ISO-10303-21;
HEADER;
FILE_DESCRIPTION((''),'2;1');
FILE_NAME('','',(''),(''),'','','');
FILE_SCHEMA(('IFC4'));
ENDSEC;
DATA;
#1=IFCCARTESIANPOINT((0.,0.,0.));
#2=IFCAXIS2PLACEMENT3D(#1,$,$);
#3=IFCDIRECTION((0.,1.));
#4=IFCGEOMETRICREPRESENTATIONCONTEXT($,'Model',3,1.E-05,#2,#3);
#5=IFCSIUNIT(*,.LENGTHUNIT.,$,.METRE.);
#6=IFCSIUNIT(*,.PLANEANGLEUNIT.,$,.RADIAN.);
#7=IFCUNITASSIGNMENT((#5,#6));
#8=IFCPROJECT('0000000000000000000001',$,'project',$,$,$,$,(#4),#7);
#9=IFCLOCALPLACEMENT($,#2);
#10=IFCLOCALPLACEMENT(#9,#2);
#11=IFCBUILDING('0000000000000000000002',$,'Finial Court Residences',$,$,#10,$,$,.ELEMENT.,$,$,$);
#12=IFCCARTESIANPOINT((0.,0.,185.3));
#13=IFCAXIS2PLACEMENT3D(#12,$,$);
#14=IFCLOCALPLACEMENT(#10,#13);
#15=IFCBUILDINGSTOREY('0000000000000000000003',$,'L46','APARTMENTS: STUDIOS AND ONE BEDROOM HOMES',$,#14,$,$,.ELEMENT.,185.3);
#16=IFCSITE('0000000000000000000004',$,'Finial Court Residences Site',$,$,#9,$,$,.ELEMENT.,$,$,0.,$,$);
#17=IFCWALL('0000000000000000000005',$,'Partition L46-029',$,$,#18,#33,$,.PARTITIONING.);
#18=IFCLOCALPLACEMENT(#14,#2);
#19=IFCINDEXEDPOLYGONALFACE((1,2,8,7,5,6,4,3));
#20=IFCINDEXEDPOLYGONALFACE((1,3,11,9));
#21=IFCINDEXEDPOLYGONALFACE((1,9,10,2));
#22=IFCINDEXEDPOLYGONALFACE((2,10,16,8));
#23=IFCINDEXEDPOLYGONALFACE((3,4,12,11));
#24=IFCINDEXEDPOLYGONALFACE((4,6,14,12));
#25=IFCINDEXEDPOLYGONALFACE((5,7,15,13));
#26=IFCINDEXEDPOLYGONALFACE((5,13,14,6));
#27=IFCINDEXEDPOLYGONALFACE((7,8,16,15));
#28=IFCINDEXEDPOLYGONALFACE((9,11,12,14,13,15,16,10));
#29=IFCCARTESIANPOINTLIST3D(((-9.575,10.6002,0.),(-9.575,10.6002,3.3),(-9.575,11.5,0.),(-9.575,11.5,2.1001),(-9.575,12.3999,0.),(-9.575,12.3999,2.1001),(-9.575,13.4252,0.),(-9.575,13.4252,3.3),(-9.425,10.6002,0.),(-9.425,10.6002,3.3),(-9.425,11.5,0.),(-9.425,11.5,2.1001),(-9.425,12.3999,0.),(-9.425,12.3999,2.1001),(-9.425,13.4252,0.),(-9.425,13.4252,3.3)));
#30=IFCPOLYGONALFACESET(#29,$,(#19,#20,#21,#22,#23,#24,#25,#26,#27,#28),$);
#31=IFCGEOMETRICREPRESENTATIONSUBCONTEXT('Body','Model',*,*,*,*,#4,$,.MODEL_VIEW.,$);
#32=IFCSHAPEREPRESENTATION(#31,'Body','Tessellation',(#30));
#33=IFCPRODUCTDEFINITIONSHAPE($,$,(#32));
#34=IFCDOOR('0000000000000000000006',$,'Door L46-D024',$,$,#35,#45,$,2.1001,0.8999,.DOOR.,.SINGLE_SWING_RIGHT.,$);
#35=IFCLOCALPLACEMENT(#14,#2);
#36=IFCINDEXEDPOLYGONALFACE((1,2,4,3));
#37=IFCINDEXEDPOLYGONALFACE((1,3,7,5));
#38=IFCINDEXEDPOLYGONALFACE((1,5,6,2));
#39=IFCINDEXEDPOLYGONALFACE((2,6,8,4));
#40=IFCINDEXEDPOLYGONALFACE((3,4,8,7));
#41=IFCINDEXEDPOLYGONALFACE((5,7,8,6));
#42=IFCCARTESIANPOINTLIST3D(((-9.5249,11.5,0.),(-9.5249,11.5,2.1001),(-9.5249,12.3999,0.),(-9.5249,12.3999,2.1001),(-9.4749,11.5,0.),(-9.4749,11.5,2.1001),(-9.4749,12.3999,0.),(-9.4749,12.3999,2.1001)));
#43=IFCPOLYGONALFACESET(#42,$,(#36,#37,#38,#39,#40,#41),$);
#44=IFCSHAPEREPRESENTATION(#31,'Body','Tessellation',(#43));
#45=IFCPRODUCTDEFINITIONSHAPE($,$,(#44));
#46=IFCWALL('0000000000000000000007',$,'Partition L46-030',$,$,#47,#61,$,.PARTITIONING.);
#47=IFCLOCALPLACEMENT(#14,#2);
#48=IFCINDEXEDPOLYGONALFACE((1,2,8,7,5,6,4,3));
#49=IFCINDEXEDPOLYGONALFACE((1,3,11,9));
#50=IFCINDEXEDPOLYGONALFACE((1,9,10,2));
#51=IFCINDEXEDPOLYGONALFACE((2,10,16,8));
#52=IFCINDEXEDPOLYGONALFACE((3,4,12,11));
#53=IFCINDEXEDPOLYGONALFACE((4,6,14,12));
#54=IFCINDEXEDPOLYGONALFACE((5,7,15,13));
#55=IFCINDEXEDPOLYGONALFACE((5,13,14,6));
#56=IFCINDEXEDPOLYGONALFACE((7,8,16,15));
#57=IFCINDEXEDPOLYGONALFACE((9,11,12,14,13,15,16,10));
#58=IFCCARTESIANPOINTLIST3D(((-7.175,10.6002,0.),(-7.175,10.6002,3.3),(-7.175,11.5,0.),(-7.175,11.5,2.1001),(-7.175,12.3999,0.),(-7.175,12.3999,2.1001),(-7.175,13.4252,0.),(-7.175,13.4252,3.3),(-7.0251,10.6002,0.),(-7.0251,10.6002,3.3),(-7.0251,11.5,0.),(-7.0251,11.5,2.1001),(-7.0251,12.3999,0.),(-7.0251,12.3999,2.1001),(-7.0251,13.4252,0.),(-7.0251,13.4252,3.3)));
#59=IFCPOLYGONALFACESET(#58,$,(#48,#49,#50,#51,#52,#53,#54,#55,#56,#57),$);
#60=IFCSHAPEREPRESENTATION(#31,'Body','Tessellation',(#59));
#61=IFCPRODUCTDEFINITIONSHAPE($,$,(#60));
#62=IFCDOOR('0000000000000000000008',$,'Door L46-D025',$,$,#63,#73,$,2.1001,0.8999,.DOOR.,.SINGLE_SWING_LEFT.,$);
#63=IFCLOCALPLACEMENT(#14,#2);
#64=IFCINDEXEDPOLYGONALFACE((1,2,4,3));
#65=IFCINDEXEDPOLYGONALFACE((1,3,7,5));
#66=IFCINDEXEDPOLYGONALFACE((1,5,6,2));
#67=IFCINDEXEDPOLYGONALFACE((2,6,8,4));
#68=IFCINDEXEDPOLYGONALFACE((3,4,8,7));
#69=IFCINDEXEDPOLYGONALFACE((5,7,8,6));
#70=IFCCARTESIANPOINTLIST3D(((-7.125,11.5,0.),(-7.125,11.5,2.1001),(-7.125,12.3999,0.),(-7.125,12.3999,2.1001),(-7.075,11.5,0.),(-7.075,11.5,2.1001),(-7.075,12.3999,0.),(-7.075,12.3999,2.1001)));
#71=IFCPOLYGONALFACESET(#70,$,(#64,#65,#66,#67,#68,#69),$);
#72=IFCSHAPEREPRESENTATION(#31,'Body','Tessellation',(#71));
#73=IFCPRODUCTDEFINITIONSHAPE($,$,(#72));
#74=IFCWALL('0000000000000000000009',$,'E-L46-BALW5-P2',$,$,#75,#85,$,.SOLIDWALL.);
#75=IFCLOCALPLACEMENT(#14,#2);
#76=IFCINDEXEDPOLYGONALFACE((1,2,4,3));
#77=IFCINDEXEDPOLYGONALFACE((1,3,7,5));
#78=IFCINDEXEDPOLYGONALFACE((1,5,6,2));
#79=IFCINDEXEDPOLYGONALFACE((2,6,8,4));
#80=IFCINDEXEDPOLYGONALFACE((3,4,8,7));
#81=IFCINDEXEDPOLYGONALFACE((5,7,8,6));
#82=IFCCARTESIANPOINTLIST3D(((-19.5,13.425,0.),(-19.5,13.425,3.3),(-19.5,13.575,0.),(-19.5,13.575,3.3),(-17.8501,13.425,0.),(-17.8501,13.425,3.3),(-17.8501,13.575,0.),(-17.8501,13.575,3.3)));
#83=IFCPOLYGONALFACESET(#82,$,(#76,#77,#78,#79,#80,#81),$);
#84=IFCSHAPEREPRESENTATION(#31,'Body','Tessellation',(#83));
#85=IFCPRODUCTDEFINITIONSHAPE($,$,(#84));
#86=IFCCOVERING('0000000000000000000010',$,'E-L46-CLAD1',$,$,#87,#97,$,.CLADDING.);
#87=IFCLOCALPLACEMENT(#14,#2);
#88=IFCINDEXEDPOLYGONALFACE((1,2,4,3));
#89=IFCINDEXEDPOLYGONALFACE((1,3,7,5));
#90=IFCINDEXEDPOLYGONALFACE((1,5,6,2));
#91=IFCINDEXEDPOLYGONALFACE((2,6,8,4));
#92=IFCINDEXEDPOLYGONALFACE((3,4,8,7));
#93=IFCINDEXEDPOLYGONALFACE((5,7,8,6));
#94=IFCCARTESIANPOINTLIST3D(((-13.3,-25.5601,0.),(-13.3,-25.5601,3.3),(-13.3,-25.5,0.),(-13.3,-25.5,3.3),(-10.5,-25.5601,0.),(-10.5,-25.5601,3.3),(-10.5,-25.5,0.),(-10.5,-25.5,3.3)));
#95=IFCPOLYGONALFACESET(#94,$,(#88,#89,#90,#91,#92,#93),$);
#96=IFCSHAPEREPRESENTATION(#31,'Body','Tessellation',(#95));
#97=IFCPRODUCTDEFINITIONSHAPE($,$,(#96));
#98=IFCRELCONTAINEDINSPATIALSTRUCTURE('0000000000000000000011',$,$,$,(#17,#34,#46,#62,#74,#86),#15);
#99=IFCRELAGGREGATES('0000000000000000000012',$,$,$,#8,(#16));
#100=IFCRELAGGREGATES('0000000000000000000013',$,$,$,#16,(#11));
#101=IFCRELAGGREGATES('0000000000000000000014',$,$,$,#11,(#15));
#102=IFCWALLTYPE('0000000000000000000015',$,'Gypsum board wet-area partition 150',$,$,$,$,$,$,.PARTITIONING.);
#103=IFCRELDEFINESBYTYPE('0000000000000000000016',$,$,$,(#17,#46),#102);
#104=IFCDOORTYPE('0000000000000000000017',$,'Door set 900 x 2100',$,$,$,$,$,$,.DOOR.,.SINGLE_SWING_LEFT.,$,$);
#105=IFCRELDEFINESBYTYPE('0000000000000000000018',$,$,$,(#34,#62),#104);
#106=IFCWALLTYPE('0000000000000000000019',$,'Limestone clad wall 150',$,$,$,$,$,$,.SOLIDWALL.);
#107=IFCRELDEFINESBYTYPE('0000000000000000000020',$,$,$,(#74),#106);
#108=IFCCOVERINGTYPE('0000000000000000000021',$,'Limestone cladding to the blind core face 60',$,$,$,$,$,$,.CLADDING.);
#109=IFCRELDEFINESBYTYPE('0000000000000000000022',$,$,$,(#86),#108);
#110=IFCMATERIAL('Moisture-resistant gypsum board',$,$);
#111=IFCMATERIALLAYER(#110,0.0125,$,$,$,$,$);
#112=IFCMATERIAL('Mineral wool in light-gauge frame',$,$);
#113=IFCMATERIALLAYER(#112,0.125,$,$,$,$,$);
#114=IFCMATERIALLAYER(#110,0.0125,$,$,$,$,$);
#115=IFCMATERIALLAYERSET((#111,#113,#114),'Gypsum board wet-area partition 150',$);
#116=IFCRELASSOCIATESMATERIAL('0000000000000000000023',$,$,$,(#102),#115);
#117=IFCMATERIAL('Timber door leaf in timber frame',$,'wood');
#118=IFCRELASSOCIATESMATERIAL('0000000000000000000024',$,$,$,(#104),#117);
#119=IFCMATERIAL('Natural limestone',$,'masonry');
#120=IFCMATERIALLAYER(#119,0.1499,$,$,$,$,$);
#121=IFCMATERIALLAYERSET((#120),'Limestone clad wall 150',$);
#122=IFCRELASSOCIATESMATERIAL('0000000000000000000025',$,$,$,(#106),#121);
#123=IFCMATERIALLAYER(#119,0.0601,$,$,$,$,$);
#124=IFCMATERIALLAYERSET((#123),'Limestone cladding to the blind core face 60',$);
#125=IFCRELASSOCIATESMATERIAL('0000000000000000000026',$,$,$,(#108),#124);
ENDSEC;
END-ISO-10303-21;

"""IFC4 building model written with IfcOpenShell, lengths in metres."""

from ifc_helpers import new_model, si_unit, direction, frame, frame_2d, origin, place, context, subcontext, project, spatial, polyline, rectangle, outline, extrude, material, layer, layer_set, type_object, element, fill, save


model = new_model("IFC4")

# Units and contexts
model_context = context("Model", 3, precision=1e-05, world=origin(), true_north=direction((0.0, 1.0)))
body_context = subcontext(model_context, "Body", "Model", "MODEL_VIEW")
ifc_project = project(units=[si_unit("LENGTHUNIT", "METRE"), si_unit("PLANEANGLEUNIT", "RADIAN")], contexts=[model_context])

# Site, building, storey
site_placement = place(None, origin())
site = spatial("IfcSite", under=ifc_project, at=site_placement, Name="Finial Court Residences Site", CompositionType="ELEMENT", RefElevation=0.0)
building_placement = place(site_placement, origin())
building = spatial("IfcBuilding", under=site, at=building_placement, Name="Finial Court Residences", CompositionType="ELEMENT")
storey_placement = place(building_placement, frame((0.0, 0.0, 185.3)))
storey = spatial("IfcBuildingStorey", under=building, at=storey_placement, Name="L46", Description="APARTMENTS: STUDIOS AND ONE BEDROOM HOMES", CompositionType="ELEMENT", Elevation=185.3)

# Shared definitions
ifc_material_1 = material(Name="Mineral wool in light-gauge frame")

# Walls, openings, doors
ifc_material_2 = material(Name="Moisture-resistant gypsum board")
ifc_layer_1 = layer(ifc_material_2, 0.0125)
ifc_layer_2 = layer(ifc_material_1, 0.125)
ifc_layer_3 = layer(ifc_material_2, 0.0125)
ifc_layer_set_1 = layer_set([ifc_layer_1, ifc_layer_2, ifc_layer_3], Name="Gypsum board wet-area partition 150")
wall_type_1 = type_object("IfcWallType", Name="Gypsum board wet-area partition 150", PredefinedType="PARTITIONING", material=ifc_layer_set_1)
ifc_material_3 = material(Name="Timber door leaf in timber frame", Category="wood")
door_type = type_object("IfcDoorType", Name="Door set 900 x 2100", OperationType="SINGLE_SWING_LEFT", PredefinedType="DOOR", material=ifc_material_3)
wall_1_placement = place(storey_placement, frame((-9.5, 10.6001, 0.0), z_axis=(0.0, 0.0, 1.0), x_axis=(0.0, 1.0, 0.0)))
wall_1 = element("IfcWall", 1, at=wall_1_placement, inside=storey, type_object=wall_type_1, Name="Partition L46-029", PredefinedType="PARTITIONING", context=body_context, shape_type="SweptSolid", body=[
    extrude(rectangle(XDim=2.825, YDim=0.1499, at=frame_2d((1.4126, 0.0))), origin(), (0.0, 0.0, 1.0), 3.3),
])
opening_1_placement = place(wall_1_placement, frame((0.8999, 0.0, 0.0)))
opening_1 = element("IfcOpeningElement", 2, at=opening_1_placement, cuts=wall_1, PredefinedType="OPENING", context=body_context, shape_type="SweptSolid", body=[
    extrude(rectangle(XDim=0.8999, YDim=2.1001, at=frame_2d((0.45, 1.05))), frame((0.0, 0.085, 0.0), z_axis=(0.0, -1.0, 0.0), x_axis=(1.0, 0.0, 0.0)), (0.0, 0.0, 1.0), 0.1699),
])
door_1_placement = place(opening_1_placement, origin())
door_1 = element("IfcDoor", 3, at=door_1_placement, inside=storey, type_object=door_type, Name="Door L46-D024", OperationType="SINGLE_SWING_RIGHT", OverallHeight=2.1001, OverallWidth=0.8999, PredefinedType="DOOR", context=body_context, shape_type="SweptSolid", body=[
    extrude(rectangle(XDim=0.8999, YDim=2.1001, at=frame_2d((0.45, 1.05))), frame((0.0, 0.0249, 0.0), z_axis=(0.0, -1.0, 0.0), x_axis=(1.0, 0.0, 0.0)), (0.0, 0.0, 1.0), 0.05),
])
fill(opening_1, door_1)
wall_2_placement = place(storey_placement, frame((-7.1001, 10.6001, 0.0), z_axis=(0.0, 0.0, 1.0), x_axis=(0.0, 1.0, 0.0)))
wall_2 = element("IfcWall", 4, at=wall_2_placement, inside=storey, type_object=wall_type_1, Name="Partition L46-030", PredefinedType="PARTITIONING", context=body_context, shape_type="SweptSolid", body=[
    extrude(rectangle(XDim=2.825, YDim=0.1499, at=frame_2d((1.4126, 0.0))), origin(), (0.0, 0.0, 1.0), 3.3),
])
opening_2_placement = place(wall_2_placement, frame((0.8999, 0.0, 0.0)))
opening_2 = element("IfcOpeningElement", 5, at=opening_2_placement, cuts=wall_2, PredefinedType="OPENING", context=body_context, shape_type="SweptSolid", body=[
    extrude(rectangle(XDim=0.8999, YDim=2.1001, at=frame_2d((0.45, 1.05))), frame((0.0, 0.085, 0.0), z_axis=(0.0, -1.0, 0.0), x_axis=(1.0, 0.0, 0.0)), (0.0, 0.0, 1.0), 0.1699),
])
door_2_placement = place(opening_2_placement, origin())
door_2 = element("IfcDoor", 6, at=door_2_placement, inside=storey, type_object=door_type, Name="Door L46-D025", OperationType="SINGLE_SWING_LEFT", OverallHeight=2.1001, OverallWidth=0.8999, PredefinedType="DOOR", context=body_context, shape_type="SweptSolid", body=[
    extrude(rectangle(XDim=0.8999, YDim=2.1001, at=frame_2d((0.45, 1.05))), frame((0.0, 0.0249, 0.0), z_axis=(0.0, -1.0, 0.0), x_axis=(1.0, 0.0, 0.0)), (0.0, 0.0, 1.0), 0.05),
])
fill(opening_2, door_2)

# Wall
ifc_material_4 = material(Name="Natural limestone", Category="masonry")
ifc_layer_4 = layer(ifc_material_4, 0.1499)
ifc_layer_set_2 = layer_set([ifc_layer_4], Name="Limestone clad wall 150")
wall_type_2 = type_object("IfcWallType", Name="Limestone clad wall 150", PredefinedType="SOLIDWALL", material=ifc_layer_set_2)
wall_3_placement = place(storey_placement, frame((-17.8501, 13.5, 0.0), z_axis=(0.0, 0.0, 1.0), x_axis=(-1.0, 0.0, 0.0)))
element("IfcWall", 7, at=wall_3_placement, inside=storey, type_object=wall_type_2, Name="E-L46-BALW5-P2", PredefinedType="SOLIDWALL", context=body_context, shape_type="SweptSolid", body=[
    extrude(rectangle(XDim=1.6499, YDim=0.1499, at=frame_2d((0.825, 0.0))), origin(), (0.0, 0.0, 1.0), 3.3),
])

# Covering
ifc_layer_5 = layer(ifc_material_4, 0.0601)
ifc_layer_set_3 = layer_set([ifc_layer_5], Name="Limestone cladding to the blind core face 60")
covering_type = type_object("IfcCoveringType", Name="Limestone cladding to the blind core face 60", PredefinedType="CLADDING", material=ifc_layer_set_3)
covering_placement = place(storey_placement, origin())
element("IfcCovering", 8, at=covering_placement, inside=storey, type_object=covering_type, Name="E-L46-CLAD1", PredefinedType="CLADDING", context=body_context, shape_type="SweptSolid", body=[
    extrude(outline(polyline([(-10.5, -25.5601), (-10.5, -25.5), (-13.3, -25.5), (-13.3, -25.5601), (-10.5, -25.5601)])), origin(), (0.0, 0.0, 1.0), 3.3),
])

save(model, "model.ifc")
